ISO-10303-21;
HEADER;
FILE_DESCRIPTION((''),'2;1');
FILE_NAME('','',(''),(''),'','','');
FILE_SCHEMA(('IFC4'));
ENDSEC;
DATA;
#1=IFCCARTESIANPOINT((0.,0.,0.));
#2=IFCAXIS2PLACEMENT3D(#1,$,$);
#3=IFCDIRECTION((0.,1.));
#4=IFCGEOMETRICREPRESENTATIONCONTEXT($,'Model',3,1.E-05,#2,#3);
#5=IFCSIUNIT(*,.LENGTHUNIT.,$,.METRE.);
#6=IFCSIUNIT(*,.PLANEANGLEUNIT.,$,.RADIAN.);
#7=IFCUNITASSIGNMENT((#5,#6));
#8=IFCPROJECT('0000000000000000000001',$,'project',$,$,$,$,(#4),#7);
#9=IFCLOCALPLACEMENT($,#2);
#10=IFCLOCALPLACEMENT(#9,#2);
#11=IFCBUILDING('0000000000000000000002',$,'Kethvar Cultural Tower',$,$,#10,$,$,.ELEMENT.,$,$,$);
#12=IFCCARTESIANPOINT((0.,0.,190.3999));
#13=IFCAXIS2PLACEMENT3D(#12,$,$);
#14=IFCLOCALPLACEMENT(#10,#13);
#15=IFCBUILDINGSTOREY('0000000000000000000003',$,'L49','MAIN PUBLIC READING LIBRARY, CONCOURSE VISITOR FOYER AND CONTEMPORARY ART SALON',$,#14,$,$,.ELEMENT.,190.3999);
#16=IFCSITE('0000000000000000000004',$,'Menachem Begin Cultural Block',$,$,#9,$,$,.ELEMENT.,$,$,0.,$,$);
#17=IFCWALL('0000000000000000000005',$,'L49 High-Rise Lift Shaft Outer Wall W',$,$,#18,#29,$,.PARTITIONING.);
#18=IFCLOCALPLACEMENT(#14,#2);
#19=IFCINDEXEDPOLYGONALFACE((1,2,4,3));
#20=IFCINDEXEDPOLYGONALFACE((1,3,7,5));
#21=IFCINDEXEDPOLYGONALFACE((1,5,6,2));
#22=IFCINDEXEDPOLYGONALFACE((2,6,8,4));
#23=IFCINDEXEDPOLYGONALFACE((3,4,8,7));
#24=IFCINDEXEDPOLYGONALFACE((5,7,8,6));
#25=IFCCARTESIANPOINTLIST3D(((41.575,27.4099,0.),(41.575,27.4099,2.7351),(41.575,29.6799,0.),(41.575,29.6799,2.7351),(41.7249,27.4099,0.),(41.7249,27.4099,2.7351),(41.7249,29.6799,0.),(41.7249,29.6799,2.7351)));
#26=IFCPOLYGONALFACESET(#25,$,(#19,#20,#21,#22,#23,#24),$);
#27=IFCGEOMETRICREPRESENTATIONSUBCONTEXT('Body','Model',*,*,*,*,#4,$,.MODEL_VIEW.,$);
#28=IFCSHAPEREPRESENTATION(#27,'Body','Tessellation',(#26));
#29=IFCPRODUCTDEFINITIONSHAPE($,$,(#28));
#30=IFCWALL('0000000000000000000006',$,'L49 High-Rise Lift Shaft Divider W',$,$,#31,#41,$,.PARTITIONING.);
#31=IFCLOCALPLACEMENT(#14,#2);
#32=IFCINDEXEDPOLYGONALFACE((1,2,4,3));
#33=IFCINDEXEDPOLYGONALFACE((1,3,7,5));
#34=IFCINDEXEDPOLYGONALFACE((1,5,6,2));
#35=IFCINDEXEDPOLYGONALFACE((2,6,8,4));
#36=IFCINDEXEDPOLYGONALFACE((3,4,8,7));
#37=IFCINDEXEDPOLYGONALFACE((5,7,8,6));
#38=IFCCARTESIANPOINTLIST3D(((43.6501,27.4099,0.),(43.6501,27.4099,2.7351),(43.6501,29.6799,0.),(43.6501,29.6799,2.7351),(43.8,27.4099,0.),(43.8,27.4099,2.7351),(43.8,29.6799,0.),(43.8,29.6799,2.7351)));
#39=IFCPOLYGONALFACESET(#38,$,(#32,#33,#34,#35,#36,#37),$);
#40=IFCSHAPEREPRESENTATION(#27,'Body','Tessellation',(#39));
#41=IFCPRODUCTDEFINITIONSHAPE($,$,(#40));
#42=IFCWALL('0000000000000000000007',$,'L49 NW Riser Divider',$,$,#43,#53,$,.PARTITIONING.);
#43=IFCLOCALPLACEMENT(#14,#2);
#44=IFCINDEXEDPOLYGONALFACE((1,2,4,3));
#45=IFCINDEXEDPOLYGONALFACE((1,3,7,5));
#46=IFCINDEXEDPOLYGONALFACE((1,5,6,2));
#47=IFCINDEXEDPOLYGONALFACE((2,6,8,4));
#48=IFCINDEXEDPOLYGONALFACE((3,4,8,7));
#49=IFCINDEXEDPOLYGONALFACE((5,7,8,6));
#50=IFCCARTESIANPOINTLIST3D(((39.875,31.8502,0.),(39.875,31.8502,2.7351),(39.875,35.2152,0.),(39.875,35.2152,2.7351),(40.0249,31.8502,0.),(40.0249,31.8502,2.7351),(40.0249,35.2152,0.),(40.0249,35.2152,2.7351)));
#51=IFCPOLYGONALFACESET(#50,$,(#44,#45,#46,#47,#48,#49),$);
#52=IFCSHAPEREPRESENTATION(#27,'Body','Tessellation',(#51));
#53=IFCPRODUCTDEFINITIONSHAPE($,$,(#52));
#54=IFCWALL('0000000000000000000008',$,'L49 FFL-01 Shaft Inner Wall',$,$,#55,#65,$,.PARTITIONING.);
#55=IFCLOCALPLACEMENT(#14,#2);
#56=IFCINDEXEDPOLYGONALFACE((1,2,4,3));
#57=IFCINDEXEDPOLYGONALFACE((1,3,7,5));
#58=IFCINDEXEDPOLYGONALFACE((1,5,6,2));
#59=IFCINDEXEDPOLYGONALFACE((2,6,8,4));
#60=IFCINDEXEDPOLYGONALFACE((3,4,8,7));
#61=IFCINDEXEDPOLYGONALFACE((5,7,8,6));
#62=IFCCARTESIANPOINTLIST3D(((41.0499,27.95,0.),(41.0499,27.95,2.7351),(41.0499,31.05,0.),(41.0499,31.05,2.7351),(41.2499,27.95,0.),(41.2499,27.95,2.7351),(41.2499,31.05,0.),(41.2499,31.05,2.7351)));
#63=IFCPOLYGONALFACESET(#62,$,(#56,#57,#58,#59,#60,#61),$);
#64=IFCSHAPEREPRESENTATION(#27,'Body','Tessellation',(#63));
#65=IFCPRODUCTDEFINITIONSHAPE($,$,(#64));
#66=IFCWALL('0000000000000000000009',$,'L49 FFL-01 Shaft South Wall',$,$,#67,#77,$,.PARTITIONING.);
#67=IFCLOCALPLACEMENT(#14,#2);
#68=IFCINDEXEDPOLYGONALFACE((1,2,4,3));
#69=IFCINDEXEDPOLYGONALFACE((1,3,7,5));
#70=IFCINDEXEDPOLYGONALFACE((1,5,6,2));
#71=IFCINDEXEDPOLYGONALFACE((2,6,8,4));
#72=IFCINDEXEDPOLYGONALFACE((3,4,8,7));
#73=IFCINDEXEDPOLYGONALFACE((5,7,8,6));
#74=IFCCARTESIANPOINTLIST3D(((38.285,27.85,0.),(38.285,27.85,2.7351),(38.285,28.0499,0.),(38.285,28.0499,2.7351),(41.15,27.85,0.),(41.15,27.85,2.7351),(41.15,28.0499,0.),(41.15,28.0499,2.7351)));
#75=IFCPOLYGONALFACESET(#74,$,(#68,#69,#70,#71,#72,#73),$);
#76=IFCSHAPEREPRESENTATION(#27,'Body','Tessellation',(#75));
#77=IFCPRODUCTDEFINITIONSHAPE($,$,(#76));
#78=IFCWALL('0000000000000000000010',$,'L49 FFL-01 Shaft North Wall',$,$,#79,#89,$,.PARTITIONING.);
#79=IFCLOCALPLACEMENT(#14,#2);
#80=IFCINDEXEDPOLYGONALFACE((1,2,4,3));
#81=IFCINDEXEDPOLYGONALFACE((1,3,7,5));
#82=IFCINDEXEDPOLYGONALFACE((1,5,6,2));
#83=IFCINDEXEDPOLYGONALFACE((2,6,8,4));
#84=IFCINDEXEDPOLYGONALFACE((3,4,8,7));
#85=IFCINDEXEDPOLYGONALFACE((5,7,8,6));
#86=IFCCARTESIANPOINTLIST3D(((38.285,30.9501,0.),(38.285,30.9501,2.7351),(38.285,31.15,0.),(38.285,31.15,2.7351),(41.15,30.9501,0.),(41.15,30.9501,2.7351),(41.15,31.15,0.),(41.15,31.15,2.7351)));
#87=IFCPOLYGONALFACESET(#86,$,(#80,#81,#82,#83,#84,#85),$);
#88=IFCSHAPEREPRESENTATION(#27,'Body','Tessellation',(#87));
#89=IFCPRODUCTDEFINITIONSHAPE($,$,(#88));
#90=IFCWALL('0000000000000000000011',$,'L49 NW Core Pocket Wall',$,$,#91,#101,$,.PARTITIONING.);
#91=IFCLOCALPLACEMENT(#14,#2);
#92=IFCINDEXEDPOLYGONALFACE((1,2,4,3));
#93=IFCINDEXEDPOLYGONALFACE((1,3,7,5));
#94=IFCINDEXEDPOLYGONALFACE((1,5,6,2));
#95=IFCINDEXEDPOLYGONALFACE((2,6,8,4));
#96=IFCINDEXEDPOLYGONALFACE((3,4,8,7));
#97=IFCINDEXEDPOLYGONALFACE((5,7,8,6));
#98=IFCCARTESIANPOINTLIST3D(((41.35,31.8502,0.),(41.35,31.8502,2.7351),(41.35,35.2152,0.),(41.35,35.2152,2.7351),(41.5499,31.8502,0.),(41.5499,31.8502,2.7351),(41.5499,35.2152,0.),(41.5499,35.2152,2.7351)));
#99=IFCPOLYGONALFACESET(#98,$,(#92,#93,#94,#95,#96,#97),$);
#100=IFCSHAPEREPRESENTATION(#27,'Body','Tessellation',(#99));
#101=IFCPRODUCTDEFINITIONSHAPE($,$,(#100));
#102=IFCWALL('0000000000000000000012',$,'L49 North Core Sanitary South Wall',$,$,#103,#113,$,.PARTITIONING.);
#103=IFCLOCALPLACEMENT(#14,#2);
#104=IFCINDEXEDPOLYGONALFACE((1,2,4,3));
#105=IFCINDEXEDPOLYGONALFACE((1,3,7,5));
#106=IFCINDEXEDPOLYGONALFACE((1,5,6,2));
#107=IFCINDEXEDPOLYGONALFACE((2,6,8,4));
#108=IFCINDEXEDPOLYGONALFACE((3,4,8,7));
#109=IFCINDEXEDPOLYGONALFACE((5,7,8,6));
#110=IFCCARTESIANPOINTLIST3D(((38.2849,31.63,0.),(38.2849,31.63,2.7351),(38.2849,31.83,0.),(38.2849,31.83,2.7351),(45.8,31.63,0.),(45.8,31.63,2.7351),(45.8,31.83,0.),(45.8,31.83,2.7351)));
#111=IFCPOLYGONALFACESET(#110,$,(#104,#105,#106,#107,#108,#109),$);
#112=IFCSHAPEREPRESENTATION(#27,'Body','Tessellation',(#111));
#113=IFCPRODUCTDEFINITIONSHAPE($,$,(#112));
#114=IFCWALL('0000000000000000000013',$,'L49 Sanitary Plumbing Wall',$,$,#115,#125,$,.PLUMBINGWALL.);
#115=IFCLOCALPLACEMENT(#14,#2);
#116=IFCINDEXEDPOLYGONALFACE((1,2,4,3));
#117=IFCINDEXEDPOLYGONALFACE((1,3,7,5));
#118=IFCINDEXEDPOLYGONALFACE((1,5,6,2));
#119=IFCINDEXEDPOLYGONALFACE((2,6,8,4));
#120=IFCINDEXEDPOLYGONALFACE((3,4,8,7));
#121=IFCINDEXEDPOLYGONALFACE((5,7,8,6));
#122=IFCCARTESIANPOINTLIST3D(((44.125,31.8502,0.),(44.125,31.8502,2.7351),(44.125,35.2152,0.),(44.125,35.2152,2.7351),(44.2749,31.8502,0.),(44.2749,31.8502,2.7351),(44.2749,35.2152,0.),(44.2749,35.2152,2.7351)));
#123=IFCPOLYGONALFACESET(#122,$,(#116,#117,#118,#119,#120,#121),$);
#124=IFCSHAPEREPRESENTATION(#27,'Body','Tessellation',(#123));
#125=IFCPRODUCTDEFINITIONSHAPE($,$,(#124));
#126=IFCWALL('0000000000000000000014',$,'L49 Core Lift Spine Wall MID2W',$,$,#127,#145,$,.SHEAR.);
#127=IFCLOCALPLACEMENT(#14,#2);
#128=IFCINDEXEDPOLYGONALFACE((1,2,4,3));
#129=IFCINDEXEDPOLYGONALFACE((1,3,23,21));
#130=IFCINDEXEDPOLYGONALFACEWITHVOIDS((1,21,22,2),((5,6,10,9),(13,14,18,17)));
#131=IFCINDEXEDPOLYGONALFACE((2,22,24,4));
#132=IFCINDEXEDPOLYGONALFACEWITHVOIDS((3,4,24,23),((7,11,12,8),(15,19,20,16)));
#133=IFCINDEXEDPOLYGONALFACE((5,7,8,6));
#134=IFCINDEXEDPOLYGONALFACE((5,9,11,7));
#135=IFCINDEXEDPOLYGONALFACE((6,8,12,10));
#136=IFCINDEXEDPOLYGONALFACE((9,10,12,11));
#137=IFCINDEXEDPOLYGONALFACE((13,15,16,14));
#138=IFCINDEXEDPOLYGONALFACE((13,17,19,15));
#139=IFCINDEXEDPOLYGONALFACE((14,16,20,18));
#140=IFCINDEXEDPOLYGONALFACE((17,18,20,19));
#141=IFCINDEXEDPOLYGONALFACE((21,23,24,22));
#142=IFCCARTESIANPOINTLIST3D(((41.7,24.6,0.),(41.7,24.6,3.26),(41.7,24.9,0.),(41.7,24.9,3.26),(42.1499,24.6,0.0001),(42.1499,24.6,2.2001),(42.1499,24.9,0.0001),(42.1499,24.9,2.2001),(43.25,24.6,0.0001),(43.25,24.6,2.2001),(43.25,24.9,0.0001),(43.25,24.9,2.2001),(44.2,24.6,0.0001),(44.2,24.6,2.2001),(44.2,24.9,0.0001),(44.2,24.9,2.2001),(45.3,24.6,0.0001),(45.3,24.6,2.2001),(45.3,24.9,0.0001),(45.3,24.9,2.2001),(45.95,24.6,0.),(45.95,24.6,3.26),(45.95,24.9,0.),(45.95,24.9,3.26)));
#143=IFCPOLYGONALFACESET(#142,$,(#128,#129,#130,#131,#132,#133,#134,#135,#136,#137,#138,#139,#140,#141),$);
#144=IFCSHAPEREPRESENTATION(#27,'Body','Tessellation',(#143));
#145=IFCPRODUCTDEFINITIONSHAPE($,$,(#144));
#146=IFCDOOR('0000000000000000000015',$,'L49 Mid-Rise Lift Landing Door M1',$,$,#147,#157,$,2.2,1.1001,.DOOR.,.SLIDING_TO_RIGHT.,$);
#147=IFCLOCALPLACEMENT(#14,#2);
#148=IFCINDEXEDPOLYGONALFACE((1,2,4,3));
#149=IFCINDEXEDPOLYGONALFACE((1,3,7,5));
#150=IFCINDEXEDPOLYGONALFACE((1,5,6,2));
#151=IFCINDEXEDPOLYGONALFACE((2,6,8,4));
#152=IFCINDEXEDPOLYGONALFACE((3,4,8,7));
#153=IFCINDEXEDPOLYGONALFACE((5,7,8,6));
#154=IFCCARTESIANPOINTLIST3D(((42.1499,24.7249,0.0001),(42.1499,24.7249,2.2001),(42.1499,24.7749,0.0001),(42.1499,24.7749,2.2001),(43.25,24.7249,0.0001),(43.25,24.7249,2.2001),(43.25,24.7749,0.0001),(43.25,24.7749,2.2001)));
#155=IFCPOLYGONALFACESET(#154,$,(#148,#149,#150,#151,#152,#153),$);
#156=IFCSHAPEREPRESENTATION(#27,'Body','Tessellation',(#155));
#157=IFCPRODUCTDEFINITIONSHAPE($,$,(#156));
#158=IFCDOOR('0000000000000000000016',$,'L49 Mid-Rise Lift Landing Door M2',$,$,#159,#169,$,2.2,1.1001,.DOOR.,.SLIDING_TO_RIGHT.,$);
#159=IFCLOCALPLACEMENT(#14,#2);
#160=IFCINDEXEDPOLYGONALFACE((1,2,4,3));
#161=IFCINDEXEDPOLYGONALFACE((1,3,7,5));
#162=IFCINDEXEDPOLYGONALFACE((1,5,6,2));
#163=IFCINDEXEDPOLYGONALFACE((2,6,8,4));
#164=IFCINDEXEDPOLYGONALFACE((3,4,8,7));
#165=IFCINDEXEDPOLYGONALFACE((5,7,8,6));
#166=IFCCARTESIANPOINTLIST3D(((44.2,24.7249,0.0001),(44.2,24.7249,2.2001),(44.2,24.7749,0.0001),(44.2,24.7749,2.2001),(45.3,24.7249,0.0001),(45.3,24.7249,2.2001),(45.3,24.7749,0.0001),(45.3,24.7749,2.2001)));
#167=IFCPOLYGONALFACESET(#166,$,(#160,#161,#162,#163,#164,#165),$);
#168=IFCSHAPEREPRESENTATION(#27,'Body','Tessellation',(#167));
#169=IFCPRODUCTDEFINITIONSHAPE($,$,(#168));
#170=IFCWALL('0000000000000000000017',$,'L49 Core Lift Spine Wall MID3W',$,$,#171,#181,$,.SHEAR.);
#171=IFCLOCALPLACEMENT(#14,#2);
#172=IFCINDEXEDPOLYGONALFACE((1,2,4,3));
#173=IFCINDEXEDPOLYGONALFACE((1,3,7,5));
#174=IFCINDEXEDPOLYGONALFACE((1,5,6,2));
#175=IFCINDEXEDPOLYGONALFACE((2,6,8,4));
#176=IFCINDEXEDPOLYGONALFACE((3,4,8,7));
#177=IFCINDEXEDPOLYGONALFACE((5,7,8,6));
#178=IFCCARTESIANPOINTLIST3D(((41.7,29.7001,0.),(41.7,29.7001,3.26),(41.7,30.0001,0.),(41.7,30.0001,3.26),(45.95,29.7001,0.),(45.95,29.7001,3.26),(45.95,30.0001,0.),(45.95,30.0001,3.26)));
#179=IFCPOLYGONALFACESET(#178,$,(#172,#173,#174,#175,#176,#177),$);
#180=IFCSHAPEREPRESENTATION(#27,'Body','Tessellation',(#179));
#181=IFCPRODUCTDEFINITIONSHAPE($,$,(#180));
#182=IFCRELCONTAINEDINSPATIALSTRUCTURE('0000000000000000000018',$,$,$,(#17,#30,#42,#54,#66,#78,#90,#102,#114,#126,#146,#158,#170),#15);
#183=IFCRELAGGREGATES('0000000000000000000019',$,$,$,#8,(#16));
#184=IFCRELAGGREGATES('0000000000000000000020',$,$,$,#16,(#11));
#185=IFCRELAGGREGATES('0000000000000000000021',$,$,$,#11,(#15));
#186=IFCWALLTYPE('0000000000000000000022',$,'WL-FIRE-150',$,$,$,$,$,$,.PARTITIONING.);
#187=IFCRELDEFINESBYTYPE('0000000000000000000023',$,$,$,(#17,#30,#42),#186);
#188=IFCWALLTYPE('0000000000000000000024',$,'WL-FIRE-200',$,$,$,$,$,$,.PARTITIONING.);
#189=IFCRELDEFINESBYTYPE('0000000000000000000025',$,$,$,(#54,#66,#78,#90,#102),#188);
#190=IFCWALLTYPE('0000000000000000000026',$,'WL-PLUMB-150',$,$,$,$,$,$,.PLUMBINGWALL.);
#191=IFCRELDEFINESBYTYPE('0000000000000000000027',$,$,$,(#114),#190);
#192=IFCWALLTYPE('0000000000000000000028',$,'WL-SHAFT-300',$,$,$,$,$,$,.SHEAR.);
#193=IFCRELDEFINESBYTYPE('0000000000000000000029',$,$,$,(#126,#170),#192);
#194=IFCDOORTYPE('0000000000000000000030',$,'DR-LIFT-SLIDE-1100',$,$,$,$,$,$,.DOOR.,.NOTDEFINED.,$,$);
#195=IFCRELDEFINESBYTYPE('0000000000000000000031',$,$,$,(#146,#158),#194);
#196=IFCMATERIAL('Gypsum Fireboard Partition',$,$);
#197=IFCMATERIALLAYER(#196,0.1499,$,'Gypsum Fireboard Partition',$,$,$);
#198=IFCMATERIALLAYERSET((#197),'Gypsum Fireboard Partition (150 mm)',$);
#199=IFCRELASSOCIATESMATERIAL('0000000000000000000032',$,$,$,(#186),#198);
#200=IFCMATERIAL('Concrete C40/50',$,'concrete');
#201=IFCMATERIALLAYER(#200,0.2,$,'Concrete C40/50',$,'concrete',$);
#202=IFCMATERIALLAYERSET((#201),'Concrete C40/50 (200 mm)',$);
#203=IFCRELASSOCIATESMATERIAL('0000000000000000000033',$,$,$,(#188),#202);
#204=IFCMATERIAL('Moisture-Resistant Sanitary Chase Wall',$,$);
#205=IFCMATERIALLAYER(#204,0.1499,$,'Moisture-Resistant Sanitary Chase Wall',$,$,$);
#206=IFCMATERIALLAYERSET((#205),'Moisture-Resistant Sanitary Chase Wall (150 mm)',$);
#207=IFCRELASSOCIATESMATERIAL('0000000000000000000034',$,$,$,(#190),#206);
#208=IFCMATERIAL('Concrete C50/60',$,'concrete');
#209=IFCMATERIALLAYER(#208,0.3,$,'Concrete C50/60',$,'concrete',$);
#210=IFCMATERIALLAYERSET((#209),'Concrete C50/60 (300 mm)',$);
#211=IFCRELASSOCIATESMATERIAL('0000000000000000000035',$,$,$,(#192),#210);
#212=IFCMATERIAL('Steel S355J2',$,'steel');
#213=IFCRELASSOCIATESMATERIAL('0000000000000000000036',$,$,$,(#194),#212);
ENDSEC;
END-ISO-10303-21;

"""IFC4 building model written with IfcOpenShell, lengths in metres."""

from ifc_helpers import new_model, si_unit, direction, frame, frame_2d, origin, place, context, subcontext, project, spatial, rectangle, extrude, source, transform, mapped, material, layer, layer_set, type_object, element, fill, save


model = new_model("IFC4")

# Units and contexts
model_context = context("Model", 3, precision=1e-05, world=origin(), true_north=direction((0.0, 1.0)))
body_context = subcontext(model_context, "Body", "Model", "MODEL_VIEW")
ifc_project = project(units=[si_unit("LENGTHUNIT", "METRE"), si_unit("PLANEANGLEUNIT", "RADIAN")], contexts=[model_context])

# Site, building, storey
site_placement = place(None, origin())
site = spatial("IfcSite", under=ifc_project, at=site_placement, Name="Menachem Begin Cultural Block", CompositionType="ELEMENT", RefElevation=0.0)
building_placement = place(site_placement, origin())
building = spatial("IfcBuilding", under=site, at=building_placement, Name="Kethvar Cultural Tower", CompositionType="ELEMENT")
storey_placement = place(building_placement, frame((0.0, 0.0, 190.3999)))
storey = spatial("IfcBuildingStorey", under=building, at=storey_placement, Name="L49", Description="MAIN PUBLIC READING LIBRARY, CONCOURSE VISITOR FOYER AND CONTEMPORARY ART SALON", CompositionType="ELEMENT", Elevation=190.3999)

# Shared definitions
ifc_material_1 = material(Name="Steel S355J2", Category="steel")

# Walls
ifc_material_2 = material(Name="Gypsum Fireboard Partition")
ifc_layer_1 = layer(ifc_material_2, 0.1499, Name="Gypsum Fireboard Partition")
ifc_layer_set_1 = layer_set([ifc_layer_1], Name="Gypsum Fireboard Partition (150 mm)")
wall_type_1 = type_object("IfcWallType", Name="WL-FIRE-150", PredefinedType="PARTITIONING", material=ifc_layer_set_1)
for number, where, z_axis, x_axis, name in (
    (1, (41.6499, 27.4099, 0.0), (0.0, 0.0, 1.0), (0.0, 1.0, 0.0), "L49 High-Rise Lift Shaft Outer Wall W"),
    (2, (43.7251, 27.4099, 0.0), (0.0, 0.0, 1.0), (0.0, 1.0, 0.0), "L49 High-Rise Lift Shaft Divider W"),
):
    element("IfcWall", number, at=place(storey_placement, frame(where, z_axis=z_axis, x_axis=x_axis)), inside=storey, type_object=wall_type_1, Name=name, PredefinedType="PARTITIONING", context=body_context, shape_type="SweptSolid", body=[
        extrude(rectangle(XDim=2.27, YDim=0.1499, at=frame_2d((1.135, 0.0))), origin(), (0.0, 0.0, 1.0), 2.7351),
    ])
wall_1_placement = place(storey_placement, frame((39.95, 31.8501, 0.0), z_axis=(0.0, 0.0, 1.0), x_axis=(0.0, 1.0, 0.0)))
element("IfcWall", 3, at=wall_1_placement, inside=storey, type_object=wall_type_1, Name="L49 NW Riser Divider", PredefinedType="PARTITIONING", context=body_context, shape_type="SweptSolid", body=[
    extrude(rectangle(XDim=3.365, YDim=0.1499, at=frame_2d((1.6826, 0.0))), origin(), (0.0, 0.0, 1.0), 2.7351),
])
ifc_material_3 = material(Name="Concrete C40/50", Category="concrete")
ifc_layer_2 = layer(ifc_material_3, 0.2, Name="Concrete C40/50", Category="concrete")
ifc_layer_set_2 = layer_set([ifc_layer_2], Name="Concrete C40/50 (200 mm)")
wall_type_2 = type_object("IfcWallType", Name="WL-FIRE-200", PredefinedType="PARTITIONING", material=ifc_layer_set_2)
wall_2_placement = place(storey_placement, frame((41.1499, 27.95, 0.0), z_axis=(0.0, 0.0, 1.0), x_axis=(0.0, 1.0, 0.0)))
element("IfcWall", 4, at=wall_2_placement, inside=storey, type_object=wall_type_2, Name="L49 FFL-01 Shaft Inner Wall", PredefinedType="PARTITIONING", context=body_context, shape_type="SweptSolid", body=[
    extrude(rectangle(XDim=3.1001, YDim=0.2, at=frame_2d((1.55, 0.0))), origin(), (0.0, 0.0, 1.0), 2.7351),
])
for number, where, z_axis, x_axis, name in (
    (5, (38.2849, 27.95, 0.0), (0.0, 0.0, 1.0), (1.0, 0.0, 0.0), "L49 FFL-01 Shaft South Wall"),
    (6, (38.2849, 31.05, 0.0), (0.0, 0.0, 1.0), (1.0, 0.0, 0.0), "L49 FFL-01 Shaft North Wall"),
):
    element("IfcWall", number, at=place(storey_placement, frame(where, z_axis=z_axis, x_axis=x_axis)), inside=storey, type_object=wall_type_2, Name=name, PredefinedType="PARTITIONING", context=body_context, shape_type="SweptSolid", body=[
        extrude(rectangle(XDim=2.865, YDim=0.2, at=frame_2d((1.4326, 0.0))), origin(), (0.0, 0.0, 1.0), 2.7351),
    ])
wall_3_placement = place(storey_placement, frame((41.45, 31.8501, 0.0), z_axis=(0.0, 0.0, 1.0), x_axis=(0.0, 1.0, 0.0)))
element("IfcWall", 7, at=wall_3_placement, inside=storey, type_object=wall_type_2, Name="L49 NW Core Pocket Wall", PredefinedType="PARTITIONING", context=body_context, shape_type="SweptSolid", body=[
    extrude(rectangle(XDim=3.365, YDim=0.2, at=frame_2d((1.6826, 0.0))), origin(), (0.0, 0.0, 1.0), 2.7351),
])
wall_4_placement = place(storey_placement, frame((38.2849, 31.73, 0.0), z_axis=(0.0, 0.0, 1.0), x_axis=(1.0, 0.0, 0.0)))
element("IfcWall", 8, at=wall_4_placement, inside=storey, type_object=wall_type_2, Name="L49 North Core Sanitary South Wall", PredefinedType="PARTITIONING", context=body_context, shape_type="SweptSolid", body=[
    extrude(rectangle(XDim=7.5151, YDim=0.2, at=frame_2d((3.7576, 0.0))), origin(), (0.0, 0.0, 1.0), 2.7351),
])
ifc_material_4 = material(Name="Moisture-Resistant Sanitary Chase Wall")
ifc_layer_3 = layer(ifc_material_4, 0.1499, Name="Moisture-Resistant Sanitary Chase Wall")
ifc_layer_set_3 = layer_set([ifc_layer_3], Name="Moisture-Resistant Sanitary Chase Wall (150 mm)")
wall_type_3 = type_object("IfcWallType", Name="WL-PLUMB-150", PredefinedType="PLUMBINGWALL", material=ifc_layer_set_3)
wall_5_placement = place(storey_placement, frame((44.2, 31.8501, 0.0), z_axis=(0.0, 0.0, 1.0), x_axis=(0.0, 1.0, 0.0)))
element("IfcWall", 9, at=wall_5_placement, inside=storey, type_object=wall_type_3, Name="L49 Sanitary Plumbing Wall", PredefinedType="PLUMBINGWALL", context=body_context, shape_type="SweptSolid", body=[
    extrude(rectangle(XDim=3.365, YDim=0.1499, at=frame_2d((1.6826, 0.0))), origin(), (0.0, 0.0, 1.0), 2.7351),
])

# Wall, openings, doors
ifc_material_5 = material(Name="Concrete C50/60", Category="concrete")
ifc_layer_4 = layer(ifc_material_5, 0.3, Name="Concrete C50/60", Category="concrete")
ifc_layer_set_4 = layer_set([ifc_layer_4], Name="Concrete C50/60 (300 mm)")
wall_type_4 = type_object("IfcWallType", Name="WL-SHAFT-300", PredefinedType="SHEAR", material=ifc_layer_set_4)
wall_6_placement = place(storey_placement, frame((41.7, 24.75, 0.0), z_axis=(0.0, 0.0, 1.0), x_axis=(1.0, 0.0, 0.0)))
wall_6 = element("IfcWall", 10, at=wall_6_placement, inside=storey, type_object=wall_type_4, Name="L49 Core Lift Spine Wall MID2W", PredefinedType="SHEAR", context=body_context, shape_type="SweptSolid", body=[
    extrude(rectangle(XDim=4.25, YDim=0.3, at=frame_2d((2.125, 0.0))), origin(), (0.0, 0.0, 1.0), 3.26),
])
opening_1_placement = place(wall_6_placement, frame((0.45, 0.0, 0.0)))
opening_1 = element("IfcOpeningElement", 11, at=opening_1_placement, cuts=wall_6, PredefinedType="OPENING", context=body_context, shape_type="SweptSolid", body=[
    extrude(rectangle(XDim=1.1001, YDim=2.2, at=frame_2d((0.55, 1.1001))), frame((0.0, 0.1599, 0.0), z_axis=(0.0, -1.0, 0.0), x_axis=(1.0, 0.0, 0.0)), (0.0, 0.0, 1.0), 0.3201),
])
opening_2_placement = place(wall_6_placement, frame((2.5, 0.0, 0.0)))
opening_2 = element("IfcOpeningElement", 12, at=opening_2_placement, cuts=wall_6, PredefinedType="OPENING", context=body_context, shape_type="SweptSolid", body=[
    extrude(rectangle(XDim=1.1001, YDim=2.2, at=frame_2d((0.55, 1.1001))), frame((0.0, 0.1599, 0.0), z_axis=(0.0, -1.0, 0.0), x_axis=(1.0, 0.0, 0.0)), (0.0, 0.0, 1.0), 0.3201),
])
door_type = type_object("IfcDoorType", Name="DR-LIFT-SLIDE-1100", OperationType="NOTDEFINED", PredefinedType="DOOR", material=ifc_material_1)
shared_shape_1 = source(origin(), body_context, "Body", "SweptSolid", [
    extrude(rectangle(XDim=1.1001, YDim=2.2, at=frame_2d((0.55, 1.1001))), frame((0.0, 0.0249, 0.0), z_axis=(0.0, -1.0, 0.0), x_axis=(1.0, 0.0, 0.0)), (0.0, 0.0, 1.0), 0.05),
])
door_1_placement = place(opening_1_placement, origin())
door_1 = element("IfcDoor", 13, at=door_1_placement, inside=storey, type_object=door_type, Name="L49 Mid-Rise Lift Landing Door M1", OperationType="SLIDING_TO_RIGHT", OverallHeight=2.2, OverallWidth=1.1001, PredefinedType="DOOR", context=body_context, shape_type="MappedRepresentation", body=[
    mapped(shared_shape_1, transform((0.0, 0.0, 0.0), scale=1.0)),
])
fill(opening_1, door_1)
door_2_placement = place(opening_2_placement, origin())
door_2 = element("IfcDoor", 14, at=door_2_placement, inside=storey, type_object=door_type, Name="L49 Mid-Rise Lift Landing Door M2", OperationType="SLIDING_TO_RIGHT", OverallHeight=2.2, OverallWidth=1.1001, PredefinedType="DOOR", context=body_context, shape_type="MappedRepresentation", body=[
    mapped(shared_shape_1, transform((0.0, 0.0, 0.0), scale=1.0)),
])
fill(opening_2, door_2)

# Wall
wall_7_placement = place(storey_placement, frame((41.7, 29.8501, 0.0), z_axis=(0.0, 0.0, 1.0), x_axis=(1.0, 0.0, 0.0)))
element("IfcWall", 15, at=wall_7_placement, inside=storey, type_object=wall_type_4, Name="L49 Core Lift Spine Wall MID3W", PredefinedType="SHEAR", context=body_context, shape_type="SweptSolid", body=[
    extrude(rectangle(XDim=4.25, YDim=0.3, at=frame_2d((2.125, 0.0))), origin(), (0.0, 0.0, 1.0), 3.26),
])

save(model, "model.ifc")
